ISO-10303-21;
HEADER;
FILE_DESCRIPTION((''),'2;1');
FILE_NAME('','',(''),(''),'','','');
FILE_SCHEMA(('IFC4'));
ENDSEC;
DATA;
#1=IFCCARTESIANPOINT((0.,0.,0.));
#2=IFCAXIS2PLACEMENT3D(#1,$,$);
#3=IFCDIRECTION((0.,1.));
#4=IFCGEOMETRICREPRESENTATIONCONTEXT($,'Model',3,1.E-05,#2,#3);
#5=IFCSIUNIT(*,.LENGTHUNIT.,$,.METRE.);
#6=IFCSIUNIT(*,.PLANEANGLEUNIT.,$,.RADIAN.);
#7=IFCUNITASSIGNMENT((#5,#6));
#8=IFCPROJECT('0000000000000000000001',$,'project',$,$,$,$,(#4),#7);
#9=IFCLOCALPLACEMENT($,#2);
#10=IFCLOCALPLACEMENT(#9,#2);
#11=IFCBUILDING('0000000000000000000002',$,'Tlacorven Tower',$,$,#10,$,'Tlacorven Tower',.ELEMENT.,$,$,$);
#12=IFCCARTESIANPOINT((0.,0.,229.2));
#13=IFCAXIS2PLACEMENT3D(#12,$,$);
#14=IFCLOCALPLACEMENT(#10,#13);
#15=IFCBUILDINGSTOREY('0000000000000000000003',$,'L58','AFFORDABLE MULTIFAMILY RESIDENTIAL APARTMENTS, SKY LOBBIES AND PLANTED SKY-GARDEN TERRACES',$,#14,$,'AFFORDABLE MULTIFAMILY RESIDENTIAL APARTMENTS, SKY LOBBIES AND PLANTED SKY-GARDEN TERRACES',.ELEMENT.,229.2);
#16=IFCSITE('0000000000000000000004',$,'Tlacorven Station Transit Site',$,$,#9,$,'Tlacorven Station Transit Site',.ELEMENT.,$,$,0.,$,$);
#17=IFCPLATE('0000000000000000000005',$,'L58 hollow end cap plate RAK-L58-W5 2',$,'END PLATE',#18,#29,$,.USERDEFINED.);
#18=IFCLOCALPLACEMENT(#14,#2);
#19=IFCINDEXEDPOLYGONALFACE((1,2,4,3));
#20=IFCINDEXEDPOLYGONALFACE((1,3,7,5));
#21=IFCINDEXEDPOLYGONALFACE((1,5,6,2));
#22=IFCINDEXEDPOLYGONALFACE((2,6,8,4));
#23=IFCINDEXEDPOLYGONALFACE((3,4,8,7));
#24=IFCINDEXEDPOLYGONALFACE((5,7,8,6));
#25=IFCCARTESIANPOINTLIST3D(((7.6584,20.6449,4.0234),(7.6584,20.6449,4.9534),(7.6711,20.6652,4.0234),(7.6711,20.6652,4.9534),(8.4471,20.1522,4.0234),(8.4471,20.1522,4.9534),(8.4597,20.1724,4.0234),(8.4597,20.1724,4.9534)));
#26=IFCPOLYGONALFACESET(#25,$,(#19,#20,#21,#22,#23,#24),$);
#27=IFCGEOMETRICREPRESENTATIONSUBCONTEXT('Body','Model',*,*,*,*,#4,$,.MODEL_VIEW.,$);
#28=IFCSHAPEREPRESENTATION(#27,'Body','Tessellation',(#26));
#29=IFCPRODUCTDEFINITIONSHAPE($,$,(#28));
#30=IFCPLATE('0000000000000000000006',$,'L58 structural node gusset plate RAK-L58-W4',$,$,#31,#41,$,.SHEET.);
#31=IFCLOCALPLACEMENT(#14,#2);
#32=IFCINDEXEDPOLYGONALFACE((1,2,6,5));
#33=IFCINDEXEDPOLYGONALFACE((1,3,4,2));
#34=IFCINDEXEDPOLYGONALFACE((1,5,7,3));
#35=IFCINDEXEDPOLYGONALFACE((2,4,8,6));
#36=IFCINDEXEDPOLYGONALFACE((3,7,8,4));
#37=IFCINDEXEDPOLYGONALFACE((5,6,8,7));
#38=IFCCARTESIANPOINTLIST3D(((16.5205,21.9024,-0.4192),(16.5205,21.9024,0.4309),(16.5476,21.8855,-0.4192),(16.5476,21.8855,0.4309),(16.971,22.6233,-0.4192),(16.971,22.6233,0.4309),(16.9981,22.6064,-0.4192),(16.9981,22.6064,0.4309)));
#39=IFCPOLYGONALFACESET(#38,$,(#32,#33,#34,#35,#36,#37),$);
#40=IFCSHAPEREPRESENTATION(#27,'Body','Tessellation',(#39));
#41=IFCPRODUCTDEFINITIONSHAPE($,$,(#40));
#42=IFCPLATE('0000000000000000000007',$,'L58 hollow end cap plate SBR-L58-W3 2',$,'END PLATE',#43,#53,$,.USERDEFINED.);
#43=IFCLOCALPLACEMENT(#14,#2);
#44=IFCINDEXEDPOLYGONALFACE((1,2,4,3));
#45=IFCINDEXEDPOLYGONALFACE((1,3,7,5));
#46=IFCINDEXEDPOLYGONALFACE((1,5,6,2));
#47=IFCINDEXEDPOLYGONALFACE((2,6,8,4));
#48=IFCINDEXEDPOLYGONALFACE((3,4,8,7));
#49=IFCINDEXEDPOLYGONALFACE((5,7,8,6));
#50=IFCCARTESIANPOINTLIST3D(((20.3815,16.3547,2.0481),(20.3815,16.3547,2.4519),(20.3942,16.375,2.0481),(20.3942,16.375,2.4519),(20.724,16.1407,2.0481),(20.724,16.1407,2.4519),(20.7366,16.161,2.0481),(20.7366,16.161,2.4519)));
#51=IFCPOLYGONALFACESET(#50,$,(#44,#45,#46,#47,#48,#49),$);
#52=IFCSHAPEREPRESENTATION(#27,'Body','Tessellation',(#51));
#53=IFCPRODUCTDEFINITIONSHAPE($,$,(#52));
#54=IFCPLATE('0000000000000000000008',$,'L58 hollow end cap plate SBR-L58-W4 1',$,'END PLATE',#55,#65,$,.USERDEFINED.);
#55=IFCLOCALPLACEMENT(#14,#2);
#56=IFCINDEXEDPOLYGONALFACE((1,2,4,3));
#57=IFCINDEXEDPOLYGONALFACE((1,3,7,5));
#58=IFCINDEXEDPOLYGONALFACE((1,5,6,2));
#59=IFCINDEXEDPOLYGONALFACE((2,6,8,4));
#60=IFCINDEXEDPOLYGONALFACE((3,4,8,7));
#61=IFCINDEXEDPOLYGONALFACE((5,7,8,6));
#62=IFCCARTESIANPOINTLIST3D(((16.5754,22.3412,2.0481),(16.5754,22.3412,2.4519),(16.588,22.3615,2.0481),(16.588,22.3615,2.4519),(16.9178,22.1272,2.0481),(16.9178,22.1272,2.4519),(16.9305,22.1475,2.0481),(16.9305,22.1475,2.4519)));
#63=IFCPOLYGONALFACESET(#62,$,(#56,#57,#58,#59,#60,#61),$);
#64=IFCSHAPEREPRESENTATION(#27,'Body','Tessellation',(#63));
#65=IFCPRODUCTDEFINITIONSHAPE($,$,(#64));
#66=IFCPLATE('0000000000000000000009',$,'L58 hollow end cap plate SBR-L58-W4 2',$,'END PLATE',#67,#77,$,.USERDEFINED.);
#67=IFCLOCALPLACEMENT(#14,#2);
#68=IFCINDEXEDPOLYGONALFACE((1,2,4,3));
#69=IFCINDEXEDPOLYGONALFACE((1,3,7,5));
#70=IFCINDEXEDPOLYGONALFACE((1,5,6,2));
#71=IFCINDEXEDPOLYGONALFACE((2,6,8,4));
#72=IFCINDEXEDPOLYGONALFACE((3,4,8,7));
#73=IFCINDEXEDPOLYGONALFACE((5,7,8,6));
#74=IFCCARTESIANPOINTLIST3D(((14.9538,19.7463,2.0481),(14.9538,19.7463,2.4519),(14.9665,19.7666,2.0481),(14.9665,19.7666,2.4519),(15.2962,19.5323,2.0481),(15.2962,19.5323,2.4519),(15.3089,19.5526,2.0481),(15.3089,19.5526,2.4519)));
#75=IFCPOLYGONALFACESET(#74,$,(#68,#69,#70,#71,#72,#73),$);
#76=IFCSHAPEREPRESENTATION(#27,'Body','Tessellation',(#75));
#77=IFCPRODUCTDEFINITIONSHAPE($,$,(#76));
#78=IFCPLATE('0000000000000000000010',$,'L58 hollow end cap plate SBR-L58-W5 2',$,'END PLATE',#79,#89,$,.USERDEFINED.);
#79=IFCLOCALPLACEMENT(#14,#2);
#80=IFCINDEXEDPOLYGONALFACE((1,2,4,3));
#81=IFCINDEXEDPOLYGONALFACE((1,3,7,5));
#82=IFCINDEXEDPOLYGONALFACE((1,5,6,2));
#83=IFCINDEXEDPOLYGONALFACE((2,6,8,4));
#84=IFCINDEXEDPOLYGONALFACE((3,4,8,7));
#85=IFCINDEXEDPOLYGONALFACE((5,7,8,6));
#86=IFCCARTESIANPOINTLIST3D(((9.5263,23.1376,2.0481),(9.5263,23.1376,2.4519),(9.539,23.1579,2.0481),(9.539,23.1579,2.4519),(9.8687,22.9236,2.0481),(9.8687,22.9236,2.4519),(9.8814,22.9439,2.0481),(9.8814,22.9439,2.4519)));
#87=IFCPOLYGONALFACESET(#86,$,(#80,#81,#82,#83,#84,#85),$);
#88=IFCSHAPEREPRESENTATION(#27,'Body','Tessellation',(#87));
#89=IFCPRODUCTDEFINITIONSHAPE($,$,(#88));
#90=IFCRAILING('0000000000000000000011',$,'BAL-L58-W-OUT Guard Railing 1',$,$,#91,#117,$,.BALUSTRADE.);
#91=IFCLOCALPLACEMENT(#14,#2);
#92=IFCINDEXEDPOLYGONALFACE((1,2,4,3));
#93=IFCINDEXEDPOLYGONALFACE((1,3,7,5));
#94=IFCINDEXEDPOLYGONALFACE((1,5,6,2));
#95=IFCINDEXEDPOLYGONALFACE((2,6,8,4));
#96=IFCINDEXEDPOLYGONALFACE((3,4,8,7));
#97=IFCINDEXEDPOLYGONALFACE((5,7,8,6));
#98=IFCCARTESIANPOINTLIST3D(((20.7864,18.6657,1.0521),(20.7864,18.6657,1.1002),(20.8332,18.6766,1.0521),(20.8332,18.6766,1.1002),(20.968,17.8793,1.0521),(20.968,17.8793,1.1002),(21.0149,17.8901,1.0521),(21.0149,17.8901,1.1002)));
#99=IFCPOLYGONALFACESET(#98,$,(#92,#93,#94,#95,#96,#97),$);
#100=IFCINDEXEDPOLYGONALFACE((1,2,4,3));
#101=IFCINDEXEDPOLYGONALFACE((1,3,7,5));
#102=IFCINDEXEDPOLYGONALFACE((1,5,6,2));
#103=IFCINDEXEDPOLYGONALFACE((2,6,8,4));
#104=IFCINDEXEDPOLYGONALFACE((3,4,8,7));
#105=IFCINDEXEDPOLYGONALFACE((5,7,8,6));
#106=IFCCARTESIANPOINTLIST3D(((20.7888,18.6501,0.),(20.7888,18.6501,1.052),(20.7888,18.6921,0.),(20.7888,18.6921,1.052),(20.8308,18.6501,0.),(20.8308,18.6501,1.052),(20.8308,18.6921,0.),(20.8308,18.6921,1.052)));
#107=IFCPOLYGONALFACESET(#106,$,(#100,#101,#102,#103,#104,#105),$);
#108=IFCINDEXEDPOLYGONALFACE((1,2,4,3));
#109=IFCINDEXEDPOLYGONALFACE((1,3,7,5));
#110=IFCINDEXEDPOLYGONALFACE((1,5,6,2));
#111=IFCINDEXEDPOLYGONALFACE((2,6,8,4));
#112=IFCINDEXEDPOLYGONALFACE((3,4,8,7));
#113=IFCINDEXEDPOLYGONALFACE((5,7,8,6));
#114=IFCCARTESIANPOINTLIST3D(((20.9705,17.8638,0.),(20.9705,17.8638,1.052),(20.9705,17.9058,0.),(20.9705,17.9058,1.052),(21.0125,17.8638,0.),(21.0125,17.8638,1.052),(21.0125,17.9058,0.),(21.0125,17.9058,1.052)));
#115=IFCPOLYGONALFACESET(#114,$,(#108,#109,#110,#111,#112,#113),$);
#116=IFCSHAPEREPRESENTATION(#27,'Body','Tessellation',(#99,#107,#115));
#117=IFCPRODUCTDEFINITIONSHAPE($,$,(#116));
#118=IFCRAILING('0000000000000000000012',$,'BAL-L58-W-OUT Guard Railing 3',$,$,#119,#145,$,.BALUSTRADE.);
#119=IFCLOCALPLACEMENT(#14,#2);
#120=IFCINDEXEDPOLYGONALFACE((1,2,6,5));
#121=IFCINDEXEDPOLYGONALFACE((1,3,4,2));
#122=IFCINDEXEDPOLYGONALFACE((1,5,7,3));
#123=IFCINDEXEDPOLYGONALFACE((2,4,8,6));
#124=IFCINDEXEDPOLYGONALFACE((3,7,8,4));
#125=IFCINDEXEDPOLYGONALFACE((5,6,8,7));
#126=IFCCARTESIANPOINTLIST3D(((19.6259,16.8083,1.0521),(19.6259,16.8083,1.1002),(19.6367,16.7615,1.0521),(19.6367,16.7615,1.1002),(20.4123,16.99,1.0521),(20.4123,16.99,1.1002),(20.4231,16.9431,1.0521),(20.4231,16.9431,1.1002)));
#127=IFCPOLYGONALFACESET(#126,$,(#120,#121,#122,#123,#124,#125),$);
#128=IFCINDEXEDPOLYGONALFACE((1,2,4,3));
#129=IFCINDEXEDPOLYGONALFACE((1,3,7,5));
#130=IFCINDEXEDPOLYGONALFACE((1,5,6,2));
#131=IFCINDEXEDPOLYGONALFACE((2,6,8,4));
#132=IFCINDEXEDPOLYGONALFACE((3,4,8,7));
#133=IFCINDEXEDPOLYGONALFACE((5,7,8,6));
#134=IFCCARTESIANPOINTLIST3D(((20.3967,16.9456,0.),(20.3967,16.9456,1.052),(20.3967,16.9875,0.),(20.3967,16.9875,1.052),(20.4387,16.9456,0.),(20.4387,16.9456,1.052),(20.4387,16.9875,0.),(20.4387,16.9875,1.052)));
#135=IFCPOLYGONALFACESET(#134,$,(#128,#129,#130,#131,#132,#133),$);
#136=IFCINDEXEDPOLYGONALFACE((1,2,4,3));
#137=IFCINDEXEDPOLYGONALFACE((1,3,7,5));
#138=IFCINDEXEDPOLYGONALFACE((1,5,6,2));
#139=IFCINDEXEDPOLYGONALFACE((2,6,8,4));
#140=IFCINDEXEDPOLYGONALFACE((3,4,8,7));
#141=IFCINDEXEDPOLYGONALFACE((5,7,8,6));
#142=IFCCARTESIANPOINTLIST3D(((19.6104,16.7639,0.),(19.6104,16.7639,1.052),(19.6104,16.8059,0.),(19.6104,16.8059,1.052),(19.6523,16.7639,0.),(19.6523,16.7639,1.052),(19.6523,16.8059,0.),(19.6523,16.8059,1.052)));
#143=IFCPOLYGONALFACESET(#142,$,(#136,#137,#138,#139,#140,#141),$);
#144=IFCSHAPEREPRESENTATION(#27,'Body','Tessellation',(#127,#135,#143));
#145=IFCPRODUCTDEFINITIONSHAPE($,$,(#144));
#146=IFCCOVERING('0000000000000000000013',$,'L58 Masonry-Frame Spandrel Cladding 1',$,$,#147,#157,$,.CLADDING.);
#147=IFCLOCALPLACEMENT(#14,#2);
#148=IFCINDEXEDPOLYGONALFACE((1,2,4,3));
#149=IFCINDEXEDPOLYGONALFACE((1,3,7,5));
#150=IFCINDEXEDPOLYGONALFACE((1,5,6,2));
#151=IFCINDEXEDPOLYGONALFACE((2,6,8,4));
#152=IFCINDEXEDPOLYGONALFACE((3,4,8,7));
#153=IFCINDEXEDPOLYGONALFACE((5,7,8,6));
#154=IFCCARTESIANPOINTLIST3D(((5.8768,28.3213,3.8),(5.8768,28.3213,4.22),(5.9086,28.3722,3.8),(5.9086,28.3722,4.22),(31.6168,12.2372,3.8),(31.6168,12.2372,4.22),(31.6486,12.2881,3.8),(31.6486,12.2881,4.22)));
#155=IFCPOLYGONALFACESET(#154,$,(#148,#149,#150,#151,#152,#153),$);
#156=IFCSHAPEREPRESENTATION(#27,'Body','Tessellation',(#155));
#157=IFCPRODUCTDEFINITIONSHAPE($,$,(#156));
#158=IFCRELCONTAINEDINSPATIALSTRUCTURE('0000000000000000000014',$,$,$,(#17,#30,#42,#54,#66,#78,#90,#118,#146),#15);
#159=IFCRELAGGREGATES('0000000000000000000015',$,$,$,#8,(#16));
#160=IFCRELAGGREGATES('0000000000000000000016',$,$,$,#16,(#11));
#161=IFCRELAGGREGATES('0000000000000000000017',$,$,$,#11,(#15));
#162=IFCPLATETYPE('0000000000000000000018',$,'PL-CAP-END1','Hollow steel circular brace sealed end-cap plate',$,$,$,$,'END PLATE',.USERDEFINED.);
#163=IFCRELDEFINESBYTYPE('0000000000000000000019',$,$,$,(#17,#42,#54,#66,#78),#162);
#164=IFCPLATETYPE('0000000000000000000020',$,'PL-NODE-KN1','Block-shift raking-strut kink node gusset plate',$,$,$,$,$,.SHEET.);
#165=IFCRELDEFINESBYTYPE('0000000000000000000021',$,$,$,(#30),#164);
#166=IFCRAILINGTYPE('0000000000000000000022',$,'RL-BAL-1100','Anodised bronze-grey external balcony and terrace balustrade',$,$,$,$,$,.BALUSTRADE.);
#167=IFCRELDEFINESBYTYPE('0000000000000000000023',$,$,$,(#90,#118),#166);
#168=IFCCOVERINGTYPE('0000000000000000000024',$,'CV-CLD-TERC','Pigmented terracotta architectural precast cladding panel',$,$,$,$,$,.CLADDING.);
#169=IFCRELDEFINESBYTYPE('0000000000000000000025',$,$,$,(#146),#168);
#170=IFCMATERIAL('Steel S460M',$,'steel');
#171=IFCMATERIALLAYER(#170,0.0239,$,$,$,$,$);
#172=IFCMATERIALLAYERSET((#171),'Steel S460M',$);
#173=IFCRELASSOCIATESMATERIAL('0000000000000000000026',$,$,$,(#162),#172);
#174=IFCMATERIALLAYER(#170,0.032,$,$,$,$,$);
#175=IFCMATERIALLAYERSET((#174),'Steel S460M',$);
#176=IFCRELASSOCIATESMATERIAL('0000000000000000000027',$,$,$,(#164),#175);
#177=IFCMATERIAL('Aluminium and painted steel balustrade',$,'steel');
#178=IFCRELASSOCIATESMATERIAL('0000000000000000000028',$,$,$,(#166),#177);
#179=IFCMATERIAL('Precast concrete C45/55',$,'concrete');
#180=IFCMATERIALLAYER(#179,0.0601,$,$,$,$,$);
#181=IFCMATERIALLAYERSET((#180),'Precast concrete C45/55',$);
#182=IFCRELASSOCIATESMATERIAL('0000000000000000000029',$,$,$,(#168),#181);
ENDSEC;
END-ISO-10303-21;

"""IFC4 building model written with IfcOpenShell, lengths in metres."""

from ifc_helpers import new_model, si_unit, direction, frame, origin, origin_2d, place, context, subcontext, project, spatial, rectangle, extrude, source, transform, mapped, material, layer, layer_set, type_object, element, save


model = new_model("IFC4")

# Units and contexts
model_context = context("Model", 3, precision=1e-05, world=origin(), true_north=direction((0.0, 1.0)))
body_context = subcontext(model_context, "Body", "Model", "MODEL_VIEW")
ifc_project = project(units=[si_unit("LENGTHUNIT", "METRE"), si_unit("PLANEANGLEUNIT", "RADIAN")], contexts=[model_context])

# Site, building, storey
site_placement = place(None, origin())
site = spatial("IfcSite", under=ifc_project, at=site_placement, Name="Tlacorven Station Transit Site", LongName="Tlacorven Station Transit Site", CompositionType="ELEMENT", RefElevation=0.0)
building_placement = place(site_placement, origin())
building = spatial("IfcBuilding", under=site, at=building_placement, Name="Tlacorven Tower", LongName="Tlacorven Tower", CompositionType="ELEMENT")
storey_placement = place(building_placement, frame((0.0, 0.0, 229.2)))
storey = spatial("IfcBuildingStorey", under=building, at=storey_placement, Name="L58", Description="AFFORDABLE MULTIFAMILY RESIDENTIAL APARTMENTS, SKY LOBBIES AND PLANTED SKY-GARDEN TERRACES", LongName="AFFORDABLE MULTIFAMILY RESIDENTIAL APARTMENTS, SKY LOBBIES AND PLANTED SKY-GARDEN TERRACES", CompositionType="ELEMENT", Elevation=229.2)

# Shared definitions
ifc_material_1 = material(Name="Steel S460M", Category="steel")

# Shared definitions
ifc_material_2 = material(Name="Precast concrete C45/55", Category="concrete")

# Plates
ifc_layer_1 = layer(ifc_material_1, 0.0239)
ifc_layer_set_1 = layer_set([ifc_layer_1], Name="Steel S460M")
plate_type_1 = type_object("IfcPlateType", Name="PL-CAP-END1", Description="Hollow steel circular brace sealed end-cap plate", ElementType="END PLATE", PredefinedType="USERDEFINED", material=ifc_layer_set_1)
shared_shape_1 = source(origin(), body_context, "Body", "SweptSolid", [
    extrude(rectangle(XDim=0.0239, YDim=0.9299, at=origin_2d()), origin(), (0.0, 0.0, 1.0), 0.9299),
])
for number, where, z_axis, x_axis, name in (
    (1, (8.0591, 20.4087, 4.0234), (0.0, 0.0, 1.0), (-0.529919, -0.848048, 0.0), "L58 hollow end cap plate RAK-L58-W5 2"),
):
    element("IfcPlate", number, at=place(storey_placement, frame(where, z_axis=z_axis, x_axis=x_axis)), inside=storey, type_object=plate_type_1, Name=name, ObjectType="END PLATE", PredefinedType="USERDEFINED", context=body_context, shape_type="MappedRepresentation", body=[
        mapped(shared_shape_1, transform((0.0, 0.0, 0.0), scale=1.0)),
    ])
ifc_layer_2 = layer(ifc_material_1, 0.032)
ifc_layer_set_2 = layer_set([ifc_layer_2], Name="Steel S460M")
plate_type_2 = type_object("IfcPlateType", Name="PL-NODE-KN1", Description="Block-shift raking-strut kink node gusset plate", PredefinedType="SHEET", material=ifc_layer_set_2)
shared_shape_2 = source(origin(), body_context, "Body", "SweptSolid", [
    extrude(rectangle(XDim=0.8501, YDim=0.032, at=origin_2d()), origin(), (0.0, 0.0, 1.0), 0.8501),
])
plate_placement = place(storey_placement, frame((16.7593, 22.2544, -0.4192), z_axis=(0.0, 0.0, 1.0), x_axis=(-0.529919, -0.848048, 0.0)))
element("IfcPlate", 2, at=plate_placement, inside=storey, type_object=plate_type_2, Name="L58 structural node gusset plate RAK-L58-W4", PredefinedType="SHEET", context=body_context, shape_type="MappedRepresentation", body=[
    mapped(shared_shape_2, transform((0.0, 0.0, 0.0), scale=1.0)),
])
shared_shape_3 = source(origin(), body_context, "Body", "SweptSolid", [
    extrude(rectangle(XDim=0.0239, YDim=0.4038, at=origin_2d()), origin(), (0.0, 0.0, 1.0), 0.4038),
])
for number, where, z_axis, x_axis, name in (
    (3, (20.5591, 16.2578, 2.0481), (0.0, 0.0, 1.0), (-0.52992, -0.848048, 0.0), "L58 hollow end cap plate SBR-L58-W3 2"),
    (4, (16.7529, 22.2444, 2.0481), (0.0, 0.0, 1.0), (-0.52992, -0.848048, 0.0), "L58 hollow end cap plate SBR-L58-W4 1"),
    (5, (15.1313, 19.6494, 2.0481), (0.0, 0.0, 1.0), (-0.52992, -0.848048, 0.0), "L58 hollow end cap plate SBR-L58-W4 2"),
    (6, (9.7039, 23.0408, 2.0481), (0.0, 0.0, 1.0), (-0.52992, -0.848048, 0.0), "L58 hollow end cap plate SBR-L58-W5 2"),
):
    element("IfcPlate", number, at=place(storey_placement, frame(where, z_axis=z_axis, x_axis=x_axis)), inside=storey, type_object=plate_type_1, Name=name, ObjectType="END PLATE", PredefinedType="USERDEFINED", context=body_context, shape_type="MappedRepresentation", body=[
        mapped(shared_shape_3, transform((0.0, 0.0, 0.0), scale=1.0)),
    ])

# Railings
ifc_material_3 = material(Name="Aluminium and painted steel balustrade", Category="steel")
railing_type = type_object("IfcRailingType", Name="RL-BAL-1100", Description="Anodised bronze-grey external balcony and terrace balustrade", PredefinedType="BALUSTRADE", material=ifc_material_3)
shared_shape_4 = source(origin(), body_context, "Body", "SweptSolid", [
    extrude(rectangle(XDim=0.0481, YDim=0.0481, at=origin_2d()), frame((0.0, 0.0, 1.0762), z_axis=(0.225058, -0.974345, 0.0), x_axis=(0.974345, 0.225058, 0.0)), (0.0, 0.0, 1.0), 0.8071),
    extrude(rectangle(XDim=0.042, YDim=0.042, at=origin_2d()), origin(), (0.0, 0.0, 1.0), 1.052),
    extrude(rectangle(XDim=0.042, YDim=0.042, at=origin_2d()), frame((0.1816, -0.7864, 0.0)), (0.0, 0.0, 1.0), 1.052),
])
railing_1_placement = place(storey_placement, frame((20.8098, 18.6711, 0.0)))
element("IfcRailing", 7, at=railing_1_placement, inside=storey, type_object=railing_type, Name="BAL-L58-W-OUT Guard Railing 1", PredefinedType="BALUSTRADE", context=body_context, shape_type="MappedRepresentation", body=[
    mapped(shared_shape_4, transform((0.0, 0.0, 0.0), scale=1.0)),
])
shared_shape_5 = source(origin(), body_context, "Body", "SweptSolid", [
    extrude(rectangle(XDim=0.0481, YDim=0.0481, at=origin_2d()), frame((0.0, 0.0, 1.0762), z_axis=(-0.974345, -0.225058, 0.0), x_axis=(0.225058, -0.974345, 0.0)), (0.0, 0.0, 1.0), 0.8071),
    extrude(rectangle(XDim=0.042, YDim=0.042, at=origin_2d()), origin(), (0.0, 0.0, 1.0), 1.052),
    extrude(rectangle(XDim=0.042, YDim=0.042, at=origin_2d()), frame((-0.7864, -0.1816, 0.0)), (0.0, 0.0, 1.0), 1.052),
])
railing_2_placement = place(storey_placement, frame((20.4177, 16.9666, 0.0)))
element("IfcRailing", 8, at=railing_2_placement, inside=storey, type_object=railing_type, Name="BAL-L58-W-OUT Guard Railing 3", PredefinedType="BALUSTRADE", context=body_context, shape_type="MappedRepresentation", body=[
    mapped(shared_shape_5, transform((0.0, 0.0, 0.0), scale=1.0)),
])

# Covering
ifc_layer_3 = layer(ifc_material_2, 0.0601)
ifc_layer_set_3 = layer_set([ifc_layer_3], Name="Precast concrete C45/55")
covering_type = type_object("IfcCoveringType", Name="CV-CLD-TERC", Description="Pigmented terracotta architectural precast cladding panel", PredefinedType="CLADDING", material=ifc_layer_set_3)
shared_shape_6 = source(origin(), body_context, "Body", "SweptSolid", [
    extrude(rectangle(XDim=30.3521, YDim=0.0601, at=origin_2d()), origin(), (0.0, 0.0, 1.0), 0.4199),
])
covering_placement = place(storey_placement, frame((18.7627, 20.3047, 3.8), z_axis=(0.0, 0.0, 1.0), x_axis=(-0.848048, 0.529919, 0.0)))
element("IfcCovering", 9, at=covering_placement, inside=storey, type_object=covering_type, Name="L58 Masonry-Frame Spandrel Cladding 1", PredefinedType="CLADDING", context=body_context, shape_type="MappedRepresentation", body=[
    mapped(shared_shape_6, transform((0.0, 0.0, 0.0), scale=1.0)),
])

save(model, "model.ifc")
